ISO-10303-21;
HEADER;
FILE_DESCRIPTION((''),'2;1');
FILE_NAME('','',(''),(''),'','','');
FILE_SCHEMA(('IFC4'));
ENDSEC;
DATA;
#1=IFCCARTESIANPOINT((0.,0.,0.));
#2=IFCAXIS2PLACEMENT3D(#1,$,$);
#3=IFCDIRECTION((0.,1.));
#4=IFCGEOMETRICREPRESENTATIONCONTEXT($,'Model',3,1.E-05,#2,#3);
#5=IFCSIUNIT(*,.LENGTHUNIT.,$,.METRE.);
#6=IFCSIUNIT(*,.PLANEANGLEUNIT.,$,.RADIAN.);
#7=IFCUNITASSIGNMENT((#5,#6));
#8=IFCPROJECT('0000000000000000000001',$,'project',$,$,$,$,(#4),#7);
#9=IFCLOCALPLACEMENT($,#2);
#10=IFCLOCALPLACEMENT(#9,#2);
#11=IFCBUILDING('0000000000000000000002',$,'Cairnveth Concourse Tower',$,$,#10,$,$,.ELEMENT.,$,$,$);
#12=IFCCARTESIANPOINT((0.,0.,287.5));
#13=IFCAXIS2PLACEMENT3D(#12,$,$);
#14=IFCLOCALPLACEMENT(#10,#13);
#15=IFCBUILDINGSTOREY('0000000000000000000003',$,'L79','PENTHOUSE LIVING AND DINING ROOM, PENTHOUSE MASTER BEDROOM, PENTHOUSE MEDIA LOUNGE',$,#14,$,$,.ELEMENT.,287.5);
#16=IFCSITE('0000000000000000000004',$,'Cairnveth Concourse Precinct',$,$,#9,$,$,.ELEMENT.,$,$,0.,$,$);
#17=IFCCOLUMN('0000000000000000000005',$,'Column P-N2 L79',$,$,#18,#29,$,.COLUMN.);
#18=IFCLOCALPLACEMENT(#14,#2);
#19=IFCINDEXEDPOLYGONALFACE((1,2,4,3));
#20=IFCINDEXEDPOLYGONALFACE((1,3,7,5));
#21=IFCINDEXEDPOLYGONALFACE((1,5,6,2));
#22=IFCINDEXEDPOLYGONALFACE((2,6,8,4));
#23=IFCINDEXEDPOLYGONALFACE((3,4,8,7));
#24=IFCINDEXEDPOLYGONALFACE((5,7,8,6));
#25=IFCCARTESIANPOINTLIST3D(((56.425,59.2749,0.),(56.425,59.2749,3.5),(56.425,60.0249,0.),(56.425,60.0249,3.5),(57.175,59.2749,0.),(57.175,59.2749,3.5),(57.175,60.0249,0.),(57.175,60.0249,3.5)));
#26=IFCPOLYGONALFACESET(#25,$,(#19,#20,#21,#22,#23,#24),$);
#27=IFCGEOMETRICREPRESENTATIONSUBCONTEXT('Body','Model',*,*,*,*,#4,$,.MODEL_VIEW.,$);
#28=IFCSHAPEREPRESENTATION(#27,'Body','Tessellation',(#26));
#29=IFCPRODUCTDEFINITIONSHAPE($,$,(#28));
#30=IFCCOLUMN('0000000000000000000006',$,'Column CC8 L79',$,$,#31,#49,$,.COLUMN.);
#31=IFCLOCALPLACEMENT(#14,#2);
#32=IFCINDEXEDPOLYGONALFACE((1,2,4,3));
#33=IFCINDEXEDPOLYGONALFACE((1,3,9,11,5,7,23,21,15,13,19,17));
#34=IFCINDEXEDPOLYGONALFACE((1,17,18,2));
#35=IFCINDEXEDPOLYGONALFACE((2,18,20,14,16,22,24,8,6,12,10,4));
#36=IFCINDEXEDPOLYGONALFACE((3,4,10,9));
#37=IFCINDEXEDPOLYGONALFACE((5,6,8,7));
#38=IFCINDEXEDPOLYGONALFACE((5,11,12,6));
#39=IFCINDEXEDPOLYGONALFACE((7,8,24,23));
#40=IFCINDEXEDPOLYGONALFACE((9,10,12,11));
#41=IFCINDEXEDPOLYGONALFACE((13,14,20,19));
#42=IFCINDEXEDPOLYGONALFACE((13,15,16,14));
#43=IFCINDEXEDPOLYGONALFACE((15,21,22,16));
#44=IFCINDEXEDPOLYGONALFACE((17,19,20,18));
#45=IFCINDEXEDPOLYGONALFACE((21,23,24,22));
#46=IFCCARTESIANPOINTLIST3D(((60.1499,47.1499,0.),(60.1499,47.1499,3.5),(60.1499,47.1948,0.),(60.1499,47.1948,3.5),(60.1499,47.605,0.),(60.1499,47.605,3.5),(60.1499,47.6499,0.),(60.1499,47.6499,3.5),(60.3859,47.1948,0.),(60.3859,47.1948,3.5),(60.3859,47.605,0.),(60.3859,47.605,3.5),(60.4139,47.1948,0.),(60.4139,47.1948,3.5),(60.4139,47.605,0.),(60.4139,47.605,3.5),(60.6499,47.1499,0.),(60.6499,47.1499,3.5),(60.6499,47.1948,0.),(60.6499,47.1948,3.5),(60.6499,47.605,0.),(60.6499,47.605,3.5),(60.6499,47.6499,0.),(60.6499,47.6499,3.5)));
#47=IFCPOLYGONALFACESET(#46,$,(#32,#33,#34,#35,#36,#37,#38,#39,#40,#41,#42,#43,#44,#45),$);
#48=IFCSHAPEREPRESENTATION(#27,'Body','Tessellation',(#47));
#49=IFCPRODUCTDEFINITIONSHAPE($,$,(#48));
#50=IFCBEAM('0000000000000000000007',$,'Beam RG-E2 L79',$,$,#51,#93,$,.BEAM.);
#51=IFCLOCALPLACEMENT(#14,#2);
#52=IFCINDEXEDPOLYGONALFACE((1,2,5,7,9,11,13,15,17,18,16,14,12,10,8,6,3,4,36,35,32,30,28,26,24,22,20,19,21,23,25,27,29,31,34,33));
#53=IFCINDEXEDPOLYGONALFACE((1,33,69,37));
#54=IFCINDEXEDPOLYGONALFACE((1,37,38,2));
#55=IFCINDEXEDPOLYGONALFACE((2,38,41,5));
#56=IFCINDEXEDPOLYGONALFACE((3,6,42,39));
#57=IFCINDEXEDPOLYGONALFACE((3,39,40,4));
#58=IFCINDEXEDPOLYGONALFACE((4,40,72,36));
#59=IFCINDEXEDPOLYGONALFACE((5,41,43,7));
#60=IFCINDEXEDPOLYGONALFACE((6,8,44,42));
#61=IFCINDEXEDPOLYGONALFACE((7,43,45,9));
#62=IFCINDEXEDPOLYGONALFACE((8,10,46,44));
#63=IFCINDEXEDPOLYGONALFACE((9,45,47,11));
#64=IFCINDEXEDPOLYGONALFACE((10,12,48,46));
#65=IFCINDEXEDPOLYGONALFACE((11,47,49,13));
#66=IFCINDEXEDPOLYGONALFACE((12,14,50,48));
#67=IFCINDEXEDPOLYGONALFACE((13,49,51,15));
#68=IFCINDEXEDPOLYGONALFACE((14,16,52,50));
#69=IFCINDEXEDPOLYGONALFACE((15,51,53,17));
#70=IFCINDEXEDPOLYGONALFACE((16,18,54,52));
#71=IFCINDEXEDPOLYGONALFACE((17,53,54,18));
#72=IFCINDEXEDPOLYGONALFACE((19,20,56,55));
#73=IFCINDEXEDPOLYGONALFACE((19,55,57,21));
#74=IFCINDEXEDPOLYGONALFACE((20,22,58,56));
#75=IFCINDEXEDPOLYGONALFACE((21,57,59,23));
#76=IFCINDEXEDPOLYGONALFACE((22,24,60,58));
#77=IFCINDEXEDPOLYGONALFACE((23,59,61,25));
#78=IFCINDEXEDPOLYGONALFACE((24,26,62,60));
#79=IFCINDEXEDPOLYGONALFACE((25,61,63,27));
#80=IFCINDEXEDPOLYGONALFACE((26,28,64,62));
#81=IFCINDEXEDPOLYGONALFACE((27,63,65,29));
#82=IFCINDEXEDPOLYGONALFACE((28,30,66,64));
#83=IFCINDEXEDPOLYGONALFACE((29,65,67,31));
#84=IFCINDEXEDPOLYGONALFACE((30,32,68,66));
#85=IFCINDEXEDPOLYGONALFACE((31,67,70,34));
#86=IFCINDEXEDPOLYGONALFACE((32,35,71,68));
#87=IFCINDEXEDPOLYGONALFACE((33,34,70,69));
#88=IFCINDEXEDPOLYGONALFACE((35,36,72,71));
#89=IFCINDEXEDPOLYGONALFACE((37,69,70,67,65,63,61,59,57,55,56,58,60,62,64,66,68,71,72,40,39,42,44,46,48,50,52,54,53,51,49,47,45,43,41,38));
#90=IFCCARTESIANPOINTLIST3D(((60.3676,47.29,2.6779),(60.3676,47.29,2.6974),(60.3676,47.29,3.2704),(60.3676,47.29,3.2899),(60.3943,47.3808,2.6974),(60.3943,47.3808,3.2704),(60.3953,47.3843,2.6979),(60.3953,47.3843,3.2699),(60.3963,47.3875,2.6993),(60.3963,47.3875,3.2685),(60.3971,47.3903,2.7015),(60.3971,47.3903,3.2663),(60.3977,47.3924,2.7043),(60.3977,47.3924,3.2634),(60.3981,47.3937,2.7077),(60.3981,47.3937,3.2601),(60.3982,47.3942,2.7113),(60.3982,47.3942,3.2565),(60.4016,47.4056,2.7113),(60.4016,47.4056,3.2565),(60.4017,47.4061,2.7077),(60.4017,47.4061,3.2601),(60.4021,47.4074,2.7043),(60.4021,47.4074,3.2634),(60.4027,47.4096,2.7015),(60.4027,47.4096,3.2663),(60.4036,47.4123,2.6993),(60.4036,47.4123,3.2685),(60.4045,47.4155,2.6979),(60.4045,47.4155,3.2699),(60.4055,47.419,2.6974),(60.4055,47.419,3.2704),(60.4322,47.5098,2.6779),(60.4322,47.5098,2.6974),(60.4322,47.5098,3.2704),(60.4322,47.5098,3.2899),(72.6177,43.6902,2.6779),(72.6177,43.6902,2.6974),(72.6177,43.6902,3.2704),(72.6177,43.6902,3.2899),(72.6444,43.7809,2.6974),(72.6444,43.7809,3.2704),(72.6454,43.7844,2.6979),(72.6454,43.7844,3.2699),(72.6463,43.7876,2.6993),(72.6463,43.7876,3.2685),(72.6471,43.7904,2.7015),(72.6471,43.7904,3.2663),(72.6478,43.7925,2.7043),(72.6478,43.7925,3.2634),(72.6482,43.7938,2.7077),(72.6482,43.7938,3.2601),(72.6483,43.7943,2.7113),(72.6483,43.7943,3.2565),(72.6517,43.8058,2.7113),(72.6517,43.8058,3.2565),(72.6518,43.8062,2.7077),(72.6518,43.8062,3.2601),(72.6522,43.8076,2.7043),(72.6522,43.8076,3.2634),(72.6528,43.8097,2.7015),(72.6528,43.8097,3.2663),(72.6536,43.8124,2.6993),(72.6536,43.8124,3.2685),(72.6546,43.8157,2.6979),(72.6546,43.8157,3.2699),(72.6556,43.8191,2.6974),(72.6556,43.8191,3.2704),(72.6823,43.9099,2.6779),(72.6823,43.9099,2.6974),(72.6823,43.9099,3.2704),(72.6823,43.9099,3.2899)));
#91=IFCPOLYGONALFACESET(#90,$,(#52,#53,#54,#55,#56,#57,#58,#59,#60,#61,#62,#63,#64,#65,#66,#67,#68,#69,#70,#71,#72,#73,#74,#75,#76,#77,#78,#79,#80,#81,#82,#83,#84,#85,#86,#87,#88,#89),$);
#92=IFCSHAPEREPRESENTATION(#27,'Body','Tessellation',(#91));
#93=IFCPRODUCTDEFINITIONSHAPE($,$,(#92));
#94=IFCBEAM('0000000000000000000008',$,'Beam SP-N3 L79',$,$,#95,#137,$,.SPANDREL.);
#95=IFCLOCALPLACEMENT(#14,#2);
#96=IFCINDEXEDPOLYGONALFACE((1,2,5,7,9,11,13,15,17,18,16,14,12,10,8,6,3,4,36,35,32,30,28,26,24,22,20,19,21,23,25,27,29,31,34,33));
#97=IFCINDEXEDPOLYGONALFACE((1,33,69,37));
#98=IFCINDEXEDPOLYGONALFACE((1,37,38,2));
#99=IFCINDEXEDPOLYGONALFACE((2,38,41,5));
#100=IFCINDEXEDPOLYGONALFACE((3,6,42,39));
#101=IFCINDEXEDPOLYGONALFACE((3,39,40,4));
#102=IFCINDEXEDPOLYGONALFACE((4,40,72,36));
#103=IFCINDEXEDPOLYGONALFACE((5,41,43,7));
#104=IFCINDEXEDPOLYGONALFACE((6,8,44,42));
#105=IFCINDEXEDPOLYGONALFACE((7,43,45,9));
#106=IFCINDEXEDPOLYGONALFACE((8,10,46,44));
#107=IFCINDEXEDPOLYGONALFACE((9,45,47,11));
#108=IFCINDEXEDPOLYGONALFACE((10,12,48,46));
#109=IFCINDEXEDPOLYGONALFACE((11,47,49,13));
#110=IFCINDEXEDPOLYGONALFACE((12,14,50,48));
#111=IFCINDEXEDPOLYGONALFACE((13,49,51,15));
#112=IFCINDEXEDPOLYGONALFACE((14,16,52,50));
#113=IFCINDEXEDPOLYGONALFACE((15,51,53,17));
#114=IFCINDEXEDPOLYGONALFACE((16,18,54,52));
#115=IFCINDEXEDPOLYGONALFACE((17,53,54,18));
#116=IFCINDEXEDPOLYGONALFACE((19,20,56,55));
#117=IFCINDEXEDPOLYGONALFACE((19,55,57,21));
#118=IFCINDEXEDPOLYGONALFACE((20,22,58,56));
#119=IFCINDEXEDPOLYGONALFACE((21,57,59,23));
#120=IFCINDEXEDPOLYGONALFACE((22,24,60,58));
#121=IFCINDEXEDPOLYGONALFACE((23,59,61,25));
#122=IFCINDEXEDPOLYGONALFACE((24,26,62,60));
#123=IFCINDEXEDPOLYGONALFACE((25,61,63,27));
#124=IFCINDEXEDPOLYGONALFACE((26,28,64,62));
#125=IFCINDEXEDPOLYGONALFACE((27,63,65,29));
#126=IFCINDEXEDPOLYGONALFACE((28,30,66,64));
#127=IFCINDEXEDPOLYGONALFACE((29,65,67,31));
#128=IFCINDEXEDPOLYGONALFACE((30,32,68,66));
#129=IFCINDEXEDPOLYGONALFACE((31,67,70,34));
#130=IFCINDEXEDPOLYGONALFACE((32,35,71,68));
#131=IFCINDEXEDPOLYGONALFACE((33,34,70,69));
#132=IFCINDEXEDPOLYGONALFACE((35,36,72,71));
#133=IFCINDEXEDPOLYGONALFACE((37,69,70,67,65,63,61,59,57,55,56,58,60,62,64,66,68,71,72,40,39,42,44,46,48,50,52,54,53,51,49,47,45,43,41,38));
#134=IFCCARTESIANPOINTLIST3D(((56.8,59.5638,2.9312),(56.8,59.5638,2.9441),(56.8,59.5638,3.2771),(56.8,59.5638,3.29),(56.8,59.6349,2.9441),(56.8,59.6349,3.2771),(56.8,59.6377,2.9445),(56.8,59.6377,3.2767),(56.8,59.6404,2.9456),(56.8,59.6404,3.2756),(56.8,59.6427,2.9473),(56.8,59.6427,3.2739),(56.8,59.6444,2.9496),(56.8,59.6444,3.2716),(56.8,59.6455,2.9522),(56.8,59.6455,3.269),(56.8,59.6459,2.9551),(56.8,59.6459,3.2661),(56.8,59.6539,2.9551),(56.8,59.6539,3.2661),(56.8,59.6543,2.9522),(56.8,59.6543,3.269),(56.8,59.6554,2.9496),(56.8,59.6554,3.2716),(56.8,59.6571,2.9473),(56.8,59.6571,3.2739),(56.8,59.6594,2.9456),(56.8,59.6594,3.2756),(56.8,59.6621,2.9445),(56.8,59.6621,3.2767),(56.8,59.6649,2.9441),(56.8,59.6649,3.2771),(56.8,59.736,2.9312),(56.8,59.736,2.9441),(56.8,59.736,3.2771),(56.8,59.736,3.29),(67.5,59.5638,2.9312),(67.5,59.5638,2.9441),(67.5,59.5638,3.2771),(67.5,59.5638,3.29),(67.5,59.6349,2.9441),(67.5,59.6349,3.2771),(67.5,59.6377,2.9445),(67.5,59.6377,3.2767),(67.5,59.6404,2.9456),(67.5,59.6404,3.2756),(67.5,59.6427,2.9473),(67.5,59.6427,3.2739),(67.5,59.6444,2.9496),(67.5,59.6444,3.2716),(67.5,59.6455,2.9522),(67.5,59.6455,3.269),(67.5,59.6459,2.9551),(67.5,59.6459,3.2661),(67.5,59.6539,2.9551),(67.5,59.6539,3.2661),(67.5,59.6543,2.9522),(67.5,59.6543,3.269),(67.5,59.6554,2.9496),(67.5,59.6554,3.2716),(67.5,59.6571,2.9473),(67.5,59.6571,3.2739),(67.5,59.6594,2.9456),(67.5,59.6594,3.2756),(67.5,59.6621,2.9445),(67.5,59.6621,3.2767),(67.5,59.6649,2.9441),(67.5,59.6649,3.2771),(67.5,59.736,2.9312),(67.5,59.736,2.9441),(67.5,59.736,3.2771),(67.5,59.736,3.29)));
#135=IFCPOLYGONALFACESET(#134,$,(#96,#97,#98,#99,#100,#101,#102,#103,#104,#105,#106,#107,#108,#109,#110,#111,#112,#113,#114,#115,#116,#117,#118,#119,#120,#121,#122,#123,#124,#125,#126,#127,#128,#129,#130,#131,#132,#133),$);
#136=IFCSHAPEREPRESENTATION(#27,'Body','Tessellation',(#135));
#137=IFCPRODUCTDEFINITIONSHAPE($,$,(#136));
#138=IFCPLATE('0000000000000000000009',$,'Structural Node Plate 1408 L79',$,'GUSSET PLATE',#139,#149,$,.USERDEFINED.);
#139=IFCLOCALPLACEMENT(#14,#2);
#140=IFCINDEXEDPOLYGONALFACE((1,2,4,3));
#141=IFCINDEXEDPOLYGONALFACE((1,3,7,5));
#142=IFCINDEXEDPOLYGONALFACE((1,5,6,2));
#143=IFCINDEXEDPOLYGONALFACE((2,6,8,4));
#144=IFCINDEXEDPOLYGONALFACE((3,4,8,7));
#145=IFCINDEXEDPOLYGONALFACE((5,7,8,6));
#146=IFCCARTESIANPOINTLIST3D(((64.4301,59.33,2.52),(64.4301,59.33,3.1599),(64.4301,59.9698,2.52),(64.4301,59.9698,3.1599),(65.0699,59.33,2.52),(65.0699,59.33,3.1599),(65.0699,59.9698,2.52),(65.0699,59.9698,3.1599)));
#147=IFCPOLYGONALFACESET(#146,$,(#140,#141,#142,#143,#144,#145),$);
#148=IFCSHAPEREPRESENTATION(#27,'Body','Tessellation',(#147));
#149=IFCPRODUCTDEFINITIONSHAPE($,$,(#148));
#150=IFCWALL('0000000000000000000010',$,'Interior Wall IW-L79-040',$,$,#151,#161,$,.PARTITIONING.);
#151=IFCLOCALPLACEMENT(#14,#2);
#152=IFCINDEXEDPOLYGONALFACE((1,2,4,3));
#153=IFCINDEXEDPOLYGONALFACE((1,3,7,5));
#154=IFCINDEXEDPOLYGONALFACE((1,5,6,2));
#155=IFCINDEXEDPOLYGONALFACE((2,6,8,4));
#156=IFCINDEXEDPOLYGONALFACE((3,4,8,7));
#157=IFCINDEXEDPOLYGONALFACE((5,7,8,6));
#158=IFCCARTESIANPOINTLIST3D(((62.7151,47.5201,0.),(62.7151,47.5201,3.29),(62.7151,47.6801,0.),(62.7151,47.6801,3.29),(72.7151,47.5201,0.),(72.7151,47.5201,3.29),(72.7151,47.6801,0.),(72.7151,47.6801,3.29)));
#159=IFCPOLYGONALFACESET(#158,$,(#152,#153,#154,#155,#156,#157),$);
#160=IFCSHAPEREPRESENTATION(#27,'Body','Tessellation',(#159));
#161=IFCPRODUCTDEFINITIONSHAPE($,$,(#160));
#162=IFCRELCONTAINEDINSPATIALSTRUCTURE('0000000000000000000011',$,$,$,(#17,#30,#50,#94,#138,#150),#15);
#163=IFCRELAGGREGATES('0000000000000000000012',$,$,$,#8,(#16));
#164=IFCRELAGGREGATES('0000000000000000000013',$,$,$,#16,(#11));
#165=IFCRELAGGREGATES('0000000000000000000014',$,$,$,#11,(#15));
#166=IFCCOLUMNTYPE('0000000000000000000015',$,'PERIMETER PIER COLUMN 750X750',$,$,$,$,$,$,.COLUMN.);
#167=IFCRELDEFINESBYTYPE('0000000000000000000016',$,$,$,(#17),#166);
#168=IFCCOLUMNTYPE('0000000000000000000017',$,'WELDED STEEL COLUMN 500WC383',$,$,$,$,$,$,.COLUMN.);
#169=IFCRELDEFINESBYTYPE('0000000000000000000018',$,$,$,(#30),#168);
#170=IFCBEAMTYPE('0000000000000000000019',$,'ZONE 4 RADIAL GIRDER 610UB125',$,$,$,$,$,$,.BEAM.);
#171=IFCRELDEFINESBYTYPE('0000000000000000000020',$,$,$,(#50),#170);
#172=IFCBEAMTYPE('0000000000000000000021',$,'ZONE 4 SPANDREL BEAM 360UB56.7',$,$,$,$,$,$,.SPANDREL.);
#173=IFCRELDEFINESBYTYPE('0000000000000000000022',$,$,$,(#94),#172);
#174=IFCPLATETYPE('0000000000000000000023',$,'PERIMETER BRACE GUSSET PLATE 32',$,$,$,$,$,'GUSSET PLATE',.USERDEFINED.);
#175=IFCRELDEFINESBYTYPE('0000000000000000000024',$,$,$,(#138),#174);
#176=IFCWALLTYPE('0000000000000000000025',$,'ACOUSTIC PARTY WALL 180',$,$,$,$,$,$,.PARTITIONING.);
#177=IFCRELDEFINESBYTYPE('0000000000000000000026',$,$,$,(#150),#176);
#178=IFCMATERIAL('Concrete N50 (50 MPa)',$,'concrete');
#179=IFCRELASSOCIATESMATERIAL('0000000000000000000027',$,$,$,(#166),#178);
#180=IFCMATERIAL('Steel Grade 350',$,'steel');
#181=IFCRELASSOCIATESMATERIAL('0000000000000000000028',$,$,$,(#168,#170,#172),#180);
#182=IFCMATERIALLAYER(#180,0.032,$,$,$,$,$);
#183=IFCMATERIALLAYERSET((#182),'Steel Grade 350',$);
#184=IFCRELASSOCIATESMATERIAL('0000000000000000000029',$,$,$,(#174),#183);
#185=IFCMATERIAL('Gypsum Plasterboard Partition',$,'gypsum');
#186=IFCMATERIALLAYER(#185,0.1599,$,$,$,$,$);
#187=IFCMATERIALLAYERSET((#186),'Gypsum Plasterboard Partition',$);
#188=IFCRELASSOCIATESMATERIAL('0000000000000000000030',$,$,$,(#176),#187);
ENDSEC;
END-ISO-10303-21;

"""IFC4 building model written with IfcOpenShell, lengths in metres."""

from ifc_helpers import new_model, si_unit, direction, frame, frame_2d, origin, origin_2d, place, context, subcontext, project, spatial, rectangle, i_section, extrude, material, layer, layer_set, material_profile, profile_set, type_object, element, save


model = new_model("IFC4")

# Units and contexts
model_context = context("Model", 3, precision=1e-05, world=origin(), true_north=direction((0.0, 1.0)))
body_context = subcontext(model_context, "Body", "Model", "MODEL_VIEW")
ifc_project = project(units=[si_unit("LENGTHUNIT", "METRE"), si_unit("PLANEANGLEUNIT", "RADIAN")], contexts=[model_context])

# Site, building, storey
site_placement = place(None, origin())
site = spatial("IfcSite", under=ifc_project, at=site_placement, Name="Cairnveth Concourse Precinct", CompositionType="ELEMENT", RefElevation=0.0)
building_placement = place(site_placement, origin())
building = spatial("IfcBuilding", under=site, at=building_placement, Name="Cairnveth Concourse Tower", CompositionType="ELEMENT")
storey_placement = place(building_placement, frame((0.0, 0.0, 287.5)))
storey = spatial("IfcBuildingStorey", under=building, at=storey_placement, Name="L79", Description="PENTHOUSE LIVING AND DINING ROOM, PENTHOUSE MASTER BEDROOM, PENTHOUSE MEDIA LOUNGE", CompositionType="ELEMENT", Elevation=287.5)

# Columns
ifc_material_1 = material(Name="Concrete N50 (50 MPa)", Category="concrete")
ifc_material_profile_1 = material_profile(ifc_material_1, rectangle(XDim=0.75, YDim=0.75, at=origin_2d()), Name="RC-COL-750x750")
ifc_profile_set_1 = profile_set([ifc_material_profile_1], Name="Concrete N50 (50 MPa)")
column_type_1 = type_object("IfcColumnType", Name="PERIMETER PIER COLUMN 750X750", PredefinedType="COLUMN", material=ifc_profile_set_1)
column_1_placement = place(storey_placement, frame((56.8, 59.6499, 0.0), z_axis=(0.0, 0.0, 1.0), x_axis=(1.0, 0.0, 0.0)))
element("IfcColumn", 1, at=column_1_placement, inside=storey, type_object=column_type_1, Name="Column P-N2 L79", PredefinedType="COLUMN", context=body_context, shape_type="SweptSolid", body=[
    extrude(rectangle(XDim=0.75, YDim=0.75, at=origin_2d()), origin(), (0.0, 0.0, 1.0), 3.5),
])
ifc_material_2 = material(Name="Steel Grade 350", Category="steel")
ifc_material_profile_2 = material_profile(ifc_material_2, i_section(OverallWidth=0.5, OverallDepth=0.5, WebThickness=0.0281, FlangeThickness=0.0449, at=origin_2d()), Name="500WC383")
ifc_profile_set_2 = profile_set([ifc_material_profile_2], Name="Steel Grade 350")
column_type_2 = type_object("IfcColumnType", Name="WELDED STEEL COLUMN 500WC383", PredefinedType="COLUMN", material=ifc_profile_set_2)
column_2_placement = place(storey_placement, frame((60.3999, 47.3999, 0.0), z_axis=(0.0, 0.0, 1.0), x_axis=(1.0, 0.0, 0.0)))
element("IfcColumn", 2, at=column_2_placement, inside=storey, type_object=column_type_2, Name="Column CC8 L79", PredefinedType="COLUMN", context=body_context, shape_type="SweptSolid", body=[
    extrude(i_section(OverallWidth=0.5, OverallDepth=0.5, WebThickness=0.0281, FlangeThickness=0.0449, at=origin_2d()), origin(), (0.0, 0.0, 1.0), 3.5),
])

# Beams
ifc_material_profile_3 = material_profile(ifc_material_2, i_section(OverallWidth=0.229, OverallDepth=0.6121, WebThickness=0.012, FlangeThickness=0.0195, FilletRadius=0.0139, at=origin_2d()), Name="610UB125")
ifc_profile_set_3 = profile_set([ifc_material_profile_3], Name="Steel Grade 350")
beam_type_1 = type_object("IfcBeamType", Name="ZONE 4 RADIAL GIRDER 610UB125", PredefinedType="BEAM", material=ifc_profile_set_3)
beam_1_placement = place(storey_placement, frame((60.3999, 47.3999, 2.9839), z_axis=(0.959431, -0.281944, 0.0), x_axis=(0.281944, 0.959431, 0.0)))
element("IfcBeam", 3, at=beam_1_placement, inside=storey, type_object=beam_type_1, Name="Beam RG-E2 L79", PredefinedType="BEAM", context=body_context, shape_type="SweptSolid", body=[
    extrude(i_section(OverallWidth=0.229, OverallDepth=0.6121, WebThickness=0.012, FlangeThickness=0.0195, FilletRadius=0.0139, at=origin_2d()), origin(), (0.0, 0.0, 1.0), 12.7681),
])
ifc_material_profile_4 = material_profile(ifc_material_2, i_section(OverallWidth=0.1721, OverallDepth=0.3589, WebThickness=0.0081, FlangeThickness=0.0129, FilletRadius=0.011, at=origin_2d()), Name="360UB56.7")
ifc_profile_set_4 = profile_set([ifc_material_profile_4], Name="Steel Grade 350")
beam_type_2 = type_object("IfcBeamType", Name="ZONE 4 SPANDREL BEAM 360UB56.7", PredefinedType="SPANDREL", material=ifc_profile_set_4)
beam_2_placement = place(storey_placement, frame((56.8, 59.6499, 3.1106), z_axis=(1.0, 0.0, 0.0), x_axis=(0.0, 1.0, 0.0)))
element("IfcBeam", 4, at=beam_2_placement, inside=storey, type_object=beam_type_2, Name="Beam SP-N3 L79", PredefinedType="SPANDREL", context=body_context, shape_type="SweptSolid", body=[
    extrude(i_section(OverallWidth=0.1721, OverallDepth=0.3589, WebThickness=0.0081, FlangeThickness=0.0129, FilletRadius=0.011, at=origin_2d()), origin(), (0.0, 0.0, 1.0), 10.7),
])

# Plate
ifc_layer_1 = layer(ifc_material_2, 0.032)
ifc_layer_set_1 = layer_set([ifc_layer_1], Name="Steel Grade 350")
plate_type = type_object("IfcPlateType", Name="PERIMETER BRACE GUSSET PLATE 32", ElementType="GUSSET PLATE", PredefinedType="USERDEFINED", material=ifc_layer_set_1)
plate_placement = place(storey_placement, frame((64.75, 59.6499, 2.52), z_axis=(0.0, 0.0, 1.0), x_axis=(1.0, 0.0, 0.0)))
element("IfcPlate", 5, at=plate_placement, inside=storey, type_object=plate_type, Name="Structural Node Plate 1408 L79", ObjectType="GUSSET PLATE", PredefinedType="USERDEFINED", context=body_context, shape_type="SweptSolid", body=[
    extrude(rectangle(XDim=0.6399, YDim=0.6399, at=origin_2d()), origin(), (0.0, 0.0, 1.0), 0.6399),
])

# Wall
ifc_material_3 = material(Name="Gypsum Plasterboard Partition", Category="gypsum")
ifc_layer_2 = layer(ifc_material_3, 0.1599)
ifc_layer_set_2 = layer_set([ifc_layer_2], Name="Gypsum Plasterboard Partition")
wall_type_1 = type_object("IfcWallType", Name="ACOUSTIC PARTY WALL 180", PredefinedType="PARTITIONING", material=ifc_layer_set_2)
wall_1_placement = place(storey_placement, frame((62.7151, 47.6001, 0.0), z_axis=(0.0, 0.0, 1.0), x_axis=(1.0, 0.0, 0.0)))
element("IfcWall", 6, at=wall_1_placement, inside=storey, type_object=wall_type_1, Name="Interior Wall IW-L79-040", PredefinedType="PARTITIONING", context=body_context, shape_type="SweptSolid", body=[
    extrude(rectangle(XDim=10.0, YDim=0.1599, at=frame_2d((5.0, 0.0))), origin(), (0.0, 0.0, 1.0), 3.29),
])

save(model, "model.ifc")
